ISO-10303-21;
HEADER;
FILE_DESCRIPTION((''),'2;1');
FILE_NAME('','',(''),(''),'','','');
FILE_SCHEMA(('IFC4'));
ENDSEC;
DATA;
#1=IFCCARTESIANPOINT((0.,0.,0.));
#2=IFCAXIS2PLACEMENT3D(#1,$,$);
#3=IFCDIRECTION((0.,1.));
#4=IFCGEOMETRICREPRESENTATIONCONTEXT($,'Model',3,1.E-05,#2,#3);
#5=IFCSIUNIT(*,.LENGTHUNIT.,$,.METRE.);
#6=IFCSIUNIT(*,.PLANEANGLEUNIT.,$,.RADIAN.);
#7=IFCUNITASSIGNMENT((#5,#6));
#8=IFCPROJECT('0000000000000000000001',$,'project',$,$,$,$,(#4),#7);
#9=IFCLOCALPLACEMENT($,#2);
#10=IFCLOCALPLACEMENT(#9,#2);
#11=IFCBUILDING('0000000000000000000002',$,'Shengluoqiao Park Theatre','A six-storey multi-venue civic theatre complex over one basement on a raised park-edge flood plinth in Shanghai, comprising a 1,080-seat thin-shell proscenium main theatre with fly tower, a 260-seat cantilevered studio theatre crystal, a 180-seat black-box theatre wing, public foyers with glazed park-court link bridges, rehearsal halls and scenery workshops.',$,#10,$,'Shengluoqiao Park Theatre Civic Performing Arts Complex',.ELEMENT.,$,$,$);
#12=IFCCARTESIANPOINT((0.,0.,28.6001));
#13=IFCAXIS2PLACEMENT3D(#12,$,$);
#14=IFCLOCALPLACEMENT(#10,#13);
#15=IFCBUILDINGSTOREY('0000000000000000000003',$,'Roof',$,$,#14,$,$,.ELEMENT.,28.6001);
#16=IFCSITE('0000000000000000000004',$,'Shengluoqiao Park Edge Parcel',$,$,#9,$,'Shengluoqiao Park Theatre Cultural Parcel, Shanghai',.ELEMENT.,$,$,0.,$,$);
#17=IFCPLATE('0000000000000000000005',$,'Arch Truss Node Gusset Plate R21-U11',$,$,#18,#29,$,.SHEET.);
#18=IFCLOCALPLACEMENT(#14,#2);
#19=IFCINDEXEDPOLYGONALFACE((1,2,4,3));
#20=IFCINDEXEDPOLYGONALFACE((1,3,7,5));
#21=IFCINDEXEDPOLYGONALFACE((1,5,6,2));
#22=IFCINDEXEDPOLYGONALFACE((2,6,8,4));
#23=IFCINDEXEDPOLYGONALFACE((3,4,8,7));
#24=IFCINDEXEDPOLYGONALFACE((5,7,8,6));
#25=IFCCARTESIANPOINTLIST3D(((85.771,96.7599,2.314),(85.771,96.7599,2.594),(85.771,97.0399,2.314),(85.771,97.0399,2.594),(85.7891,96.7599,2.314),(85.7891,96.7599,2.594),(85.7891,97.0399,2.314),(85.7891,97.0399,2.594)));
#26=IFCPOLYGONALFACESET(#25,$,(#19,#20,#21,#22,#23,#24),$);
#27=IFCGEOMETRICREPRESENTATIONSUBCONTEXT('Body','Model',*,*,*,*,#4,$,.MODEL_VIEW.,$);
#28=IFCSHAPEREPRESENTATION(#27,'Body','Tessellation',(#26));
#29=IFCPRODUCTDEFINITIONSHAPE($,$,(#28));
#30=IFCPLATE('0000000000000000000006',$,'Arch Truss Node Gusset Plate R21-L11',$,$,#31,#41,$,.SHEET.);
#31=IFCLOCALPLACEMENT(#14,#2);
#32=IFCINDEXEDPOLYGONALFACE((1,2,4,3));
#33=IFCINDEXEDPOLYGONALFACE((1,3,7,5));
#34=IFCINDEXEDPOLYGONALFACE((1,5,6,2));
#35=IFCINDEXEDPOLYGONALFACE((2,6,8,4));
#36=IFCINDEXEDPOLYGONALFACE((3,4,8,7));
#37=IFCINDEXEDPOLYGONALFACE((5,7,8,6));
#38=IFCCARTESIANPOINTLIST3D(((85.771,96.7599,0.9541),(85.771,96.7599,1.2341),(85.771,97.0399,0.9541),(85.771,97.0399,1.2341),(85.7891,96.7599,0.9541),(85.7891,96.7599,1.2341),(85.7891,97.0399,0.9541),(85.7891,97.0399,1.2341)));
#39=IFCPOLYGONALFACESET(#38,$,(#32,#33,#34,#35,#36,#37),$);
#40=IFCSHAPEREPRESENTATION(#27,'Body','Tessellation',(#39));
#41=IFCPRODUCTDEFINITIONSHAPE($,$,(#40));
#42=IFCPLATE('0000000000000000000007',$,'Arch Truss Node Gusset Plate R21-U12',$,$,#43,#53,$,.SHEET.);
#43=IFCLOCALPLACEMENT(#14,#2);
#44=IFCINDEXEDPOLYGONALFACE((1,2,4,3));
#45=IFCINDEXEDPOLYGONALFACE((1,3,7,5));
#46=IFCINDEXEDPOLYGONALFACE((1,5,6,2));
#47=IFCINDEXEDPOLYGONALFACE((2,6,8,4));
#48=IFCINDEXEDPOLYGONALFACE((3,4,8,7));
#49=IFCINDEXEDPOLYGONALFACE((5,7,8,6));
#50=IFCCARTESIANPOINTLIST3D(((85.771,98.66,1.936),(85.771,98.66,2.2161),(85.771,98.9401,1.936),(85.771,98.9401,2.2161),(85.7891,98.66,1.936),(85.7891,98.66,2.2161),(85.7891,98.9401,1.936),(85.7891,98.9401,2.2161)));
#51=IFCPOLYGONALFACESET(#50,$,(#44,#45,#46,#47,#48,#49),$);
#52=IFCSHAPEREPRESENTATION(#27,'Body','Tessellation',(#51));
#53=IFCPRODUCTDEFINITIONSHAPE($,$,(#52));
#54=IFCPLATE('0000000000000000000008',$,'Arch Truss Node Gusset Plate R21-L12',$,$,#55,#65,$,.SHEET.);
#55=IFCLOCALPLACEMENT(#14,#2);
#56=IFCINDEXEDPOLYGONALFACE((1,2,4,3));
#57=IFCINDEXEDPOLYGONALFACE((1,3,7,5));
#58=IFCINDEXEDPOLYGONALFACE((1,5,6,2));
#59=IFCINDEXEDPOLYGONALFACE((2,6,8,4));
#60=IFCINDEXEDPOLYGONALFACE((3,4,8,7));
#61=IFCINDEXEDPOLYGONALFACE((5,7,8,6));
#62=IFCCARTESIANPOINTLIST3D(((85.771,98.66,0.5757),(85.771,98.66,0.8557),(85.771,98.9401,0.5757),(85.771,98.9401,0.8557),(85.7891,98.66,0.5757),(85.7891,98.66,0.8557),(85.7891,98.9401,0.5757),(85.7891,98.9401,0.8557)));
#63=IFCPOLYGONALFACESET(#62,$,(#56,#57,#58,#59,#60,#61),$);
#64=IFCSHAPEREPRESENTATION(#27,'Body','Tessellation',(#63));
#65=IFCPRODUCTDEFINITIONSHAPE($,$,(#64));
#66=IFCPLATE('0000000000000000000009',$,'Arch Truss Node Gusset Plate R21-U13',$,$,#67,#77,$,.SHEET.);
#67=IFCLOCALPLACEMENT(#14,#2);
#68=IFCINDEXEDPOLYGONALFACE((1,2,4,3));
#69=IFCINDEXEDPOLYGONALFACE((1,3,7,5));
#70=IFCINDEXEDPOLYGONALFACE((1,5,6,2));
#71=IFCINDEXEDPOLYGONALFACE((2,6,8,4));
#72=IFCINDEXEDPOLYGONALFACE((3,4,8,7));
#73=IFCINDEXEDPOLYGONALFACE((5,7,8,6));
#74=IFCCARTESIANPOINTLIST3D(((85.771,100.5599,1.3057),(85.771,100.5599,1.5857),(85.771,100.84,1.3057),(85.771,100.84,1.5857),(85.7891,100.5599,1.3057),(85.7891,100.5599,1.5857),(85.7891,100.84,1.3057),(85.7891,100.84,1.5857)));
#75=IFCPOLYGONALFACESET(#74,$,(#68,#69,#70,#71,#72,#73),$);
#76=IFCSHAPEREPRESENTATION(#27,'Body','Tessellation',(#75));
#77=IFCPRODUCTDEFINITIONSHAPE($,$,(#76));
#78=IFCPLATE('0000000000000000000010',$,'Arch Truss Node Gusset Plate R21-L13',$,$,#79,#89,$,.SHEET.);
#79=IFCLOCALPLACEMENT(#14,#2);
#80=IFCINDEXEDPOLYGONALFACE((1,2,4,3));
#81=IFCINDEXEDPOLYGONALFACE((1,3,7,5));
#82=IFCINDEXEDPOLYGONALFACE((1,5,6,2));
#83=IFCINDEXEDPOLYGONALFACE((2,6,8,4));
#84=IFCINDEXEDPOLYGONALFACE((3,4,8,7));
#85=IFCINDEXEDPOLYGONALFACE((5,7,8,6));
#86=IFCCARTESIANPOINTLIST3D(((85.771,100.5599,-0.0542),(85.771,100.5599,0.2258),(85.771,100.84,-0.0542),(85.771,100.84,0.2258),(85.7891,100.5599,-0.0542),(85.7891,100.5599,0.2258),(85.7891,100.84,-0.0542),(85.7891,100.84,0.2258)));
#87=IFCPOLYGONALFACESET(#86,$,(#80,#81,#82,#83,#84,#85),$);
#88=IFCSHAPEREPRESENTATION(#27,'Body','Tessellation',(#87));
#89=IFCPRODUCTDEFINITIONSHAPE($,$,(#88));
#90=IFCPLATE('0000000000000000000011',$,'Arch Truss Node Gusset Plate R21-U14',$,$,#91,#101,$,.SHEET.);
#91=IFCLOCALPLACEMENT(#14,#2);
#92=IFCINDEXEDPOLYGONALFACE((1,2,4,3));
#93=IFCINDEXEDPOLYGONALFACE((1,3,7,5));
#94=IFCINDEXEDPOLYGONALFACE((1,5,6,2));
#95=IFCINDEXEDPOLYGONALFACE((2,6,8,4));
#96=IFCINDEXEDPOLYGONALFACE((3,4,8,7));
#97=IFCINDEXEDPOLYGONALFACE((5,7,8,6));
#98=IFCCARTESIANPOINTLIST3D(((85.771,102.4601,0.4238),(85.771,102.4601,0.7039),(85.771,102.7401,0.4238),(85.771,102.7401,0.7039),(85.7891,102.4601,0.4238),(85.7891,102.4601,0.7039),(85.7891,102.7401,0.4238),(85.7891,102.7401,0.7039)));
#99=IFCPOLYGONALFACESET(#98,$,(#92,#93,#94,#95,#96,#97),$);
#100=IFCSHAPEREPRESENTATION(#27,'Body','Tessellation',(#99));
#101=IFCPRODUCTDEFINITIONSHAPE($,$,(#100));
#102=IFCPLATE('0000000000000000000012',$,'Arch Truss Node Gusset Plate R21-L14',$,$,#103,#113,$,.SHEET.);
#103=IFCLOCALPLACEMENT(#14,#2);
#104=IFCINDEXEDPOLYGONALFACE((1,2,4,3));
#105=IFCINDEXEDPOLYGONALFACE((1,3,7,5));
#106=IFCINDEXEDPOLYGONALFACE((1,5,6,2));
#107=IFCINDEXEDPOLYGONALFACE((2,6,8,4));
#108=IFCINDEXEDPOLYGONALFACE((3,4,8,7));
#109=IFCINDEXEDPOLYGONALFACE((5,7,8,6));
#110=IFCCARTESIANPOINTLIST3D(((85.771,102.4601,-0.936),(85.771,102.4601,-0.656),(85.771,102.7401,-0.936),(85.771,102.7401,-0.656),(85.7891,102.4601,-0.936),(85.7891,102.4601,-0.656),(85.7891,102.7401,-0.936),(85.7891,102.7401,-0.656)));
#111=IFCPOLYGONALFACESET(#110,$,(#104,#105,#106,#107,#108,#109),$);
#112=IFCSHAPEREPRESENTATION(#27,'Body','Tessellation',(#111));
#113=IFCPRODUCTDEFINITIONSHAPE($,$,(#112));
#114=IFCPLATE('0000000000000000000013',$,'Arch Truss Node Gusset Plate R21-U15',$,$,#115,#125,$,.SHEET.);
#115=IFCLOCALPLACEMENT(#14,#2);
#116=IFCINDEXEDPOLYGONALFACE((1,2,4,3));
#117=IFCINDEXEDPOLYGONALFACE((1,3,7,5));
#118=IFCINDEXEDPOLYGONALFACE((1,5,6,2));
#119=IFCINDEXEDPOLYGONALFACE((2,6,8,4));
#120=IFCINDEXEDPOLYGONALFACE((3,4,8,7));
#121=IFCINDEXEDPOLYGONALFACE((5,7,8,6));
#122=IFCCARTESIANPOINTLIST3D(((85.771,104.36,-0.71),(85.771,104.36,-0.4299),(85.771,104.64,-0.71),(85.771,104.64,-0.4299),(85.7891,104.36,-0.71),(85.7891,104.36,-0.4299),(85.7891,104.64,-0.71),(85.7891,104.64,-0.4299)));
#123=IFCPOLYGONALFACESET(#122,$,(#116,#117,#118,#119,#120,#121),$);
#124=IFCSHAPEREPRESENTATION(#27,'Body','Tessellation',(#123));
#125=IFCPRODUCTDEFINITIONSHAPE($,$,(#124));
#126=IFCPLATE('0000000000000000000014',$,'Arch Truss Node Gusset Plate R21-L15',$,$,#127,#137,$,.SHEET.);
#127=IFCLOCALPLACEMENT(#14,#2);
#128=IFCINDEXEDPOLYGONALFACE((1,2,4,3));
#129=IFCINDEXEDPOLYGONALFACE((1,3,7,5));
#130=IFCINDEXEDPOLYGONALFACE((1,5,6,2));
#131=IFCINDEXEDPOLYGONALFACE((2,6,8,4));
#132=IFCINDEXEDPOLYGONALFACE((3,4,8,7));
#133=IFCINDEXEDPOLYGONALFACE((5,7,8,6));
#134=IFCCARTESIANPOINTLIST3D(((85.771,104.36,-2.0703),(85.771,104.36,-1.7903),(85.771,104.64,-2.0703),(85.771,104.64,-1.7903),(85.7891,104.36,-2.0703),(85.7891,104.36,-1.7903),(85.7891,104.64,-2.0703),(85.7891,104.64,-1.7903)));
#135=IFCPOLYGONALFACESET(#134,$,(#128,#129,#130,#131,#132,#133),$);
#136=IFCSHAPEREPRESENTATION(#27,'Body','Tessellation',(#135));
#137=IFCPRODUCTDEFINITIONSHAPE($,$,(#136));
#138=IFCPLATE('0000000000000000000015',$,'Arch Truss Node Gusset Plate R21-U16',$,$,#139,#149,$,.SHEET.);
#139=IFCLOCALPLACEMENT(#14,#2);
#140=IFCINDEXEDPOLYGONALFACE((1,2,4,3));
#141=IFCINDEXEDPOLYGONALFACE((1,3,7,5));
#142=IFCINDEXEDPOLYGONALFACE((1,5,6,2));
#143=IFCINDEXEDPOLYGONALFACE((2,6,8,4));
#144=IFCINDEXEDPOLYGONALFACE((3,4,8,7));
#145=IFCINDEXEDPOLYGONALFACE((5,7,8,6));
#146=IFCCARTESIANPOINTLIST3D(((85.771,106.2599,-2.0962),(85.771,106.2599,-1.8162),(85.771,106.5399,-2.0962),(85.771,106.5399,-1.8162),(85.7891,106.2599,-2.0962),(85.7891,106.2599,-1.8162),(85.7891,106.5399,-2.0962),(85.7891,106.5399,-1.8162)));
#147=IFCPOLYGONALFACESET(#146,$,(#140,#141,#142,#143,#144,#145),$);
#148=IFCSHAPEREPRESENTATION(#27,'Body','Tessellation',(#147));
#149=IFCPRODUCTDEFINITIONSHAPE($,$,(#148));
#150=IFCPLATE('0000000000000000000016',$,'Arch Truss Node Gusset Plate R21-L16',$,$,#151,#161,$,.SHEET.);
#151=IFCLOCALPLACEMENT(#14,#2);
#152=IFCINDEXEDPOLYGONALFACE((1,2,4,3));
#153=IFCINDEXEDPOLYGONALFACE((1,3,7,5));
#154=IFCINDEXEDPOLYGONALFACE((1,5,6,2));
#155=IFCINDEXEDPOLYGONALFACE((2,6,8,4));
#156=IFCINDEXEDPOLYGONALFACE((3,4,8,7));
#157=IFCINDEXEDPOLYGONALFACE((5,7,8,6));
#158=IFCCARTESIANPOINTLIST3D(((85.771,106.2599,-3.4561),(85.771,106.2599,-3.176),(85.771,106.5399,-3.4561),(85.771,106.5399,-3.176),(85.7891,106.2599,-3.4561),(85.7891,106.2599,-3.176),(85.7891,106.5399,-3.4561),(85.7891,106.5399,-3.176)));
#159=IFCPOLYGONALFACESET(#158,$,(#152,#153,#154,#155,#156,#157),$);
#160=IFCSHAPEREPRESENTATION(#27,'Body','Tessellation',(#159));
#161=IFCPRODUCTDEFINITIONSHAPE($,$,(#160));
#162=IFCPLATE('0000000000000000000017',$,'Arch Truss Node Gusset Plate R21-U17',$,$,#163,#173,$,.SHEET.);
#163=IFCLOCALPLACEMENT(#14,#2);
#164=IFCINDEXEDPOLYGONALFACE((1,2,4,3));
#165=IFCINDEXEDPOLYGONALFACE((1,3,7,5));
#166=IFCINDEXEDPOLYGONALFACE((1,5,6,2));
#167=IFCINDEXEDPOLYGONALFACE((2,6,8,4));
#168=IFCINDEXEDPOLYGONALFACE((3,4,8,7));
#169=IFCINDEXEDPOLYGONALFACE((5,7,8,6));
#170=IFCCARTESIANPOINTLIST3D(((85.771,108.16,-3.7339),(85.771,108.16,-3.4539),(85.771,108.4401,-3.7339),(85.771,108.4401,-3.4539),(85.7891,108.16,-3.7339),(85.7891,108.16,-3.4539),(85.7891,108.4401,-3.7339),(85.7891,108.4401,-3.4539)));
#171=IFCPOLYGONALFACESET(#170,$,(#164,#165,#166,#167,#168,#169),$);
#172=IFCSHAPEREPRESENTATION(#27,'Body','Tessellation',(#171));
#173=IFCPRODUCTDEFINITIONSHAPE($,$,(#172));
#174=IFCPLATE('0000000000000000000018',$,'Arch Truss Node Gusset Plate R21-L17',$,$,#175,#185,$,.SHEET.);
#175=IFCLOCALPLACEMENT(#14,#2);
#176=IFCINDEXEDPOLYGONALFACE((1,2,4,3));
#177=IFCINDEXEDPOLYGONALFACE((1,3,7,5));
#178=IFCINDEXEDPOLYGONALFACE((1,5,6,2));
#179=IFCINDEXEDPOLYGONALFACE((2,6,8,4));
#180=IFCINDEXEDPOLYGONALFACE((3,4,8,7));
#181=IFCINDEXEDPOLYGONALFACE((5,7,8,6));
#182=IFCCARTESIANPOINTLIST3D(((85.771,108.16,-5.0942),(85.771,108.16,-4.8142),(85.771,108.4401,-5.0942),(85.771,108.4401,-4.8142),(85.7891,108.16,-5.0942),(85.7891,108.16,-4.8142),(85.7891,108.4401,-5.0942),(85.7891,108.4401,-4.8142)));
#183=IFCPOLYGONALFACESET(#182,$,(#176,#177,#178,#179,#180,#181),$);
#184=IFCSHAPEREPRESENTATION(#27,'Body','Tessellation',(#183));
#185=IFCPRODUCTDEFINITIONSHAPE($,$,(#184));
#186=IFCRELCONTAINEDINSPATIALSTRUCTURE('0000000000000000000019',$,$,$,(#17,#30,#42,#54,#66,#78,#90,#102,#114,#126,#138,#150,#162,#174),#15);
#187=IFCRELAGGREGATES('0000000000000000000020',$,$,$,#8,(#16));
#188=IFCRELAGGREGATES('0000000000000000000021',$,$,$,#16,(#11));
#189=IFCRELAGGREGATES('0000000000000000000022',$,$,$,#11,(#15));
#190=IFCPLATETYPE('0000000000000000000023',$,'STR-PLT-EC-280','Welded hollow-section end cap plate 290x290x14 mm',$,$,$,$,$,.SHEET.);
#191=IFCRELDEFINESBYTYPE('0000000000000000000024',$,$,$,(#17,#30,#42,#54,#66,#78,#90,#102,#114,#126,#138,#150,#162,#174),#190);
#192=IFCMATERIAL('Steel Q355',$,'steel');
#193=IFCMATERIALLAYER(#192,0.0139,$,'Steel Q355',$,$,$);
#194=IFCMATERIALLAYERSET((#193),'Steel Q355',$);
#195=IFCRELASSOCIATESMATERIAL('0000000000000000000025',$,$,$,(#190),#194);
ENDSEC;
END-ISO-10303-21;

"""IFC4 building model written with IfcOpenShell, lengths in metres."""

from ifc_helpers import new_model, si_unit, direction, frame, origin, origin_2d, place, context, subcontext, project, spatial, rectangle, extrude, material, layer, layer_set, type_object, element, save


model = new_model("IFC4")

# Units and contexts
model_context = context("Model", 3, precision=1e-05, world=origin(), true_north=direction((0.0, 1.0)))
body_context = subcontext(model_context, "Body", "Model", "MODEL_VIEW")
ifc_project = project(units=[si_unit("LENGTHUNIT", "METRE"), si_unit("PLANEANGLEUNIT", "RADIAN")], contexts=[model_context])

# Site, building, storey
site_placement = place(None, origin())
site = spatial("IfcSite", under=ifc_project, at=site_placement, Name="Shengluoqiao Park Edge Parcel", LongName="Shengluoqiao Park Theatre Cultural Parcel, Shanghai", CompositionType="ELEMENT", RefElevation=0.0)
building_placement = place(site_placement, origin())
building = spatial("IfcBuilding", under=site, at=building_placement, Name="Shengluoqiao Park Theatre", Description="A six-storey multi-venue civic theatre complex over one basement on a raised park-edge flood plinth in Shanghai, comprising a 1,080-seat thin-shell proscenium main theatre with fly tower, a 260-seat cantilevered studio theatre crystal, a 180-seat black-box theatre wing, public foyers with glazed park-court link bridges, rehearsal halls and scenery workshops.", LongName="Shengluoqiao Park Theatre Civic Performing Arts Complex", CompositionType="ELEMENT")
storey_placement = place(building_placement, frame((0.0, 0.0, 28.6001)))
storey = spatial("IfcBuildingStorey", under=building, at=storey_placement, Name="Roof", CompositionType="ELEMENT", Elevation=28.6001)

# Shared definitions
ifc_material_1 = material(Name="Steel Q355", Category="steel")

# Plates
ifc_layer = layer(ifc_material_1, 0.0139, Name="Steel Q355")
ifc_layer_set = layer_set([ifc_layer], Name="Steel Q355")
plate_type = type_object("IfcPlateType", Name="STR-PLT-EC-280", Description="Welded hollow-section end cap plate 290x290x14 mm", PredefinedType="SHEET", material=ifc_layer_set)
for number, where, z_axis, x_axis, name in (
    (1, (85.78, 96.8999, 2.314), (0.0, 0.0, 1.0), (1.0, 0.0, 0.0), "Arch Truss Node Gusset Plate R21-U11"),
    (2, (85.78, 96.8999, 0.9541), (0.0, 0.0, 1.0), (1.0, 0.0, 0.0), "Arch Truss Node Gusset Plate R21-L11"),
    (3, (85.78, 98.8, 1.936), (0.0, 0.0, 1.0), (1.0, 0.0, 0.0), "Arch Truss Node Gusset Plate R21-U12"),
    (4, (85.78, 98.8, 0.5757), (0.0, 0.0, 1.0), (1.0, 0.0, 0.0), "Arch Truss Node Gusset Plate R21-L12"),
    (5, (85.78, 100.7, 1.3057), (0.0, 0.0, 1.0), (1.0, 0.0, 0.0), "Arch Truss Node Gusset Plate R21-U13"),
    (6, (85.78, 100.7, -0.0542), (0.0, 0.0, 1.0), (1.0, 0.0, 0.0), "Arch Truss Node Gusset Plate R21-L13"),
    (7, (85.78, 102.6001, 0.4238), (0.0, 0.0, 1.0), (1.0, 0.0, 0.0), "Arch Truss Node Gusset Plate R21-U14"),
    (8, (85.78, 102.6001, -0.936), (0.0, 0.0, 1.0), (1.0, 0.0, 0.0), "Arch Truss Node Gusset Plate R21-L14"),
    (9, (85.78, 104.5, -0.71), (0.0, 0.0, 1.0), (1.0, 0.0, 0.0), "Arch Truss Node Gusset Plate R21-U15"),
    (10, (85.78, 104.5, -2.0703), (0.0, 0.0, 1.0), (1.0, 0.0, 0.0), "Arch Truss Node Gusset Plate R21-L15"),
    (11, (85.78, 106.3999, -2.0962), (0.0, 0.0, 1.0), (1.0, 0.0, 0.0), "Arch Truss Node Gusset Plate R21-U16"),
    (12, (85.78, 106.3999, -3.4561), (0.0, 0.0, 1.0), (1.0, 0.0, 0.0), "Arch Truss Node Gusset Plate R21-L16"),
    (13, (85.78, 108.3, -3.7339), (0.0, 0.0, 1.0), (1.0, 0.0, 0.0), "Arch Truss Node Gusset Plate R21-U17"),
    (14, (85.78, 108.3, -5.0942), (0.0, 0.0, 1.0), (1.0, 0.0, 0.0), "Arch Truss Node Gusset Plate R21-L17"),
):
    element("IfcPlate", number, at=place(storey_placement, frame(where, z_axis=z_axis, x_axis=x_axis)), inside=storey, type_object=plate_type, Name=name, PredefinedType="SHEET", context=body_context, shape_type="SweptSolid", body=[
        extrude(rectangle(XDim=0.0181, YDim=0.28, at=origin_2d()), origin(), (0.0, 0.0, 1.0), 0.28),
    ])

save(model, "model.ifc")
